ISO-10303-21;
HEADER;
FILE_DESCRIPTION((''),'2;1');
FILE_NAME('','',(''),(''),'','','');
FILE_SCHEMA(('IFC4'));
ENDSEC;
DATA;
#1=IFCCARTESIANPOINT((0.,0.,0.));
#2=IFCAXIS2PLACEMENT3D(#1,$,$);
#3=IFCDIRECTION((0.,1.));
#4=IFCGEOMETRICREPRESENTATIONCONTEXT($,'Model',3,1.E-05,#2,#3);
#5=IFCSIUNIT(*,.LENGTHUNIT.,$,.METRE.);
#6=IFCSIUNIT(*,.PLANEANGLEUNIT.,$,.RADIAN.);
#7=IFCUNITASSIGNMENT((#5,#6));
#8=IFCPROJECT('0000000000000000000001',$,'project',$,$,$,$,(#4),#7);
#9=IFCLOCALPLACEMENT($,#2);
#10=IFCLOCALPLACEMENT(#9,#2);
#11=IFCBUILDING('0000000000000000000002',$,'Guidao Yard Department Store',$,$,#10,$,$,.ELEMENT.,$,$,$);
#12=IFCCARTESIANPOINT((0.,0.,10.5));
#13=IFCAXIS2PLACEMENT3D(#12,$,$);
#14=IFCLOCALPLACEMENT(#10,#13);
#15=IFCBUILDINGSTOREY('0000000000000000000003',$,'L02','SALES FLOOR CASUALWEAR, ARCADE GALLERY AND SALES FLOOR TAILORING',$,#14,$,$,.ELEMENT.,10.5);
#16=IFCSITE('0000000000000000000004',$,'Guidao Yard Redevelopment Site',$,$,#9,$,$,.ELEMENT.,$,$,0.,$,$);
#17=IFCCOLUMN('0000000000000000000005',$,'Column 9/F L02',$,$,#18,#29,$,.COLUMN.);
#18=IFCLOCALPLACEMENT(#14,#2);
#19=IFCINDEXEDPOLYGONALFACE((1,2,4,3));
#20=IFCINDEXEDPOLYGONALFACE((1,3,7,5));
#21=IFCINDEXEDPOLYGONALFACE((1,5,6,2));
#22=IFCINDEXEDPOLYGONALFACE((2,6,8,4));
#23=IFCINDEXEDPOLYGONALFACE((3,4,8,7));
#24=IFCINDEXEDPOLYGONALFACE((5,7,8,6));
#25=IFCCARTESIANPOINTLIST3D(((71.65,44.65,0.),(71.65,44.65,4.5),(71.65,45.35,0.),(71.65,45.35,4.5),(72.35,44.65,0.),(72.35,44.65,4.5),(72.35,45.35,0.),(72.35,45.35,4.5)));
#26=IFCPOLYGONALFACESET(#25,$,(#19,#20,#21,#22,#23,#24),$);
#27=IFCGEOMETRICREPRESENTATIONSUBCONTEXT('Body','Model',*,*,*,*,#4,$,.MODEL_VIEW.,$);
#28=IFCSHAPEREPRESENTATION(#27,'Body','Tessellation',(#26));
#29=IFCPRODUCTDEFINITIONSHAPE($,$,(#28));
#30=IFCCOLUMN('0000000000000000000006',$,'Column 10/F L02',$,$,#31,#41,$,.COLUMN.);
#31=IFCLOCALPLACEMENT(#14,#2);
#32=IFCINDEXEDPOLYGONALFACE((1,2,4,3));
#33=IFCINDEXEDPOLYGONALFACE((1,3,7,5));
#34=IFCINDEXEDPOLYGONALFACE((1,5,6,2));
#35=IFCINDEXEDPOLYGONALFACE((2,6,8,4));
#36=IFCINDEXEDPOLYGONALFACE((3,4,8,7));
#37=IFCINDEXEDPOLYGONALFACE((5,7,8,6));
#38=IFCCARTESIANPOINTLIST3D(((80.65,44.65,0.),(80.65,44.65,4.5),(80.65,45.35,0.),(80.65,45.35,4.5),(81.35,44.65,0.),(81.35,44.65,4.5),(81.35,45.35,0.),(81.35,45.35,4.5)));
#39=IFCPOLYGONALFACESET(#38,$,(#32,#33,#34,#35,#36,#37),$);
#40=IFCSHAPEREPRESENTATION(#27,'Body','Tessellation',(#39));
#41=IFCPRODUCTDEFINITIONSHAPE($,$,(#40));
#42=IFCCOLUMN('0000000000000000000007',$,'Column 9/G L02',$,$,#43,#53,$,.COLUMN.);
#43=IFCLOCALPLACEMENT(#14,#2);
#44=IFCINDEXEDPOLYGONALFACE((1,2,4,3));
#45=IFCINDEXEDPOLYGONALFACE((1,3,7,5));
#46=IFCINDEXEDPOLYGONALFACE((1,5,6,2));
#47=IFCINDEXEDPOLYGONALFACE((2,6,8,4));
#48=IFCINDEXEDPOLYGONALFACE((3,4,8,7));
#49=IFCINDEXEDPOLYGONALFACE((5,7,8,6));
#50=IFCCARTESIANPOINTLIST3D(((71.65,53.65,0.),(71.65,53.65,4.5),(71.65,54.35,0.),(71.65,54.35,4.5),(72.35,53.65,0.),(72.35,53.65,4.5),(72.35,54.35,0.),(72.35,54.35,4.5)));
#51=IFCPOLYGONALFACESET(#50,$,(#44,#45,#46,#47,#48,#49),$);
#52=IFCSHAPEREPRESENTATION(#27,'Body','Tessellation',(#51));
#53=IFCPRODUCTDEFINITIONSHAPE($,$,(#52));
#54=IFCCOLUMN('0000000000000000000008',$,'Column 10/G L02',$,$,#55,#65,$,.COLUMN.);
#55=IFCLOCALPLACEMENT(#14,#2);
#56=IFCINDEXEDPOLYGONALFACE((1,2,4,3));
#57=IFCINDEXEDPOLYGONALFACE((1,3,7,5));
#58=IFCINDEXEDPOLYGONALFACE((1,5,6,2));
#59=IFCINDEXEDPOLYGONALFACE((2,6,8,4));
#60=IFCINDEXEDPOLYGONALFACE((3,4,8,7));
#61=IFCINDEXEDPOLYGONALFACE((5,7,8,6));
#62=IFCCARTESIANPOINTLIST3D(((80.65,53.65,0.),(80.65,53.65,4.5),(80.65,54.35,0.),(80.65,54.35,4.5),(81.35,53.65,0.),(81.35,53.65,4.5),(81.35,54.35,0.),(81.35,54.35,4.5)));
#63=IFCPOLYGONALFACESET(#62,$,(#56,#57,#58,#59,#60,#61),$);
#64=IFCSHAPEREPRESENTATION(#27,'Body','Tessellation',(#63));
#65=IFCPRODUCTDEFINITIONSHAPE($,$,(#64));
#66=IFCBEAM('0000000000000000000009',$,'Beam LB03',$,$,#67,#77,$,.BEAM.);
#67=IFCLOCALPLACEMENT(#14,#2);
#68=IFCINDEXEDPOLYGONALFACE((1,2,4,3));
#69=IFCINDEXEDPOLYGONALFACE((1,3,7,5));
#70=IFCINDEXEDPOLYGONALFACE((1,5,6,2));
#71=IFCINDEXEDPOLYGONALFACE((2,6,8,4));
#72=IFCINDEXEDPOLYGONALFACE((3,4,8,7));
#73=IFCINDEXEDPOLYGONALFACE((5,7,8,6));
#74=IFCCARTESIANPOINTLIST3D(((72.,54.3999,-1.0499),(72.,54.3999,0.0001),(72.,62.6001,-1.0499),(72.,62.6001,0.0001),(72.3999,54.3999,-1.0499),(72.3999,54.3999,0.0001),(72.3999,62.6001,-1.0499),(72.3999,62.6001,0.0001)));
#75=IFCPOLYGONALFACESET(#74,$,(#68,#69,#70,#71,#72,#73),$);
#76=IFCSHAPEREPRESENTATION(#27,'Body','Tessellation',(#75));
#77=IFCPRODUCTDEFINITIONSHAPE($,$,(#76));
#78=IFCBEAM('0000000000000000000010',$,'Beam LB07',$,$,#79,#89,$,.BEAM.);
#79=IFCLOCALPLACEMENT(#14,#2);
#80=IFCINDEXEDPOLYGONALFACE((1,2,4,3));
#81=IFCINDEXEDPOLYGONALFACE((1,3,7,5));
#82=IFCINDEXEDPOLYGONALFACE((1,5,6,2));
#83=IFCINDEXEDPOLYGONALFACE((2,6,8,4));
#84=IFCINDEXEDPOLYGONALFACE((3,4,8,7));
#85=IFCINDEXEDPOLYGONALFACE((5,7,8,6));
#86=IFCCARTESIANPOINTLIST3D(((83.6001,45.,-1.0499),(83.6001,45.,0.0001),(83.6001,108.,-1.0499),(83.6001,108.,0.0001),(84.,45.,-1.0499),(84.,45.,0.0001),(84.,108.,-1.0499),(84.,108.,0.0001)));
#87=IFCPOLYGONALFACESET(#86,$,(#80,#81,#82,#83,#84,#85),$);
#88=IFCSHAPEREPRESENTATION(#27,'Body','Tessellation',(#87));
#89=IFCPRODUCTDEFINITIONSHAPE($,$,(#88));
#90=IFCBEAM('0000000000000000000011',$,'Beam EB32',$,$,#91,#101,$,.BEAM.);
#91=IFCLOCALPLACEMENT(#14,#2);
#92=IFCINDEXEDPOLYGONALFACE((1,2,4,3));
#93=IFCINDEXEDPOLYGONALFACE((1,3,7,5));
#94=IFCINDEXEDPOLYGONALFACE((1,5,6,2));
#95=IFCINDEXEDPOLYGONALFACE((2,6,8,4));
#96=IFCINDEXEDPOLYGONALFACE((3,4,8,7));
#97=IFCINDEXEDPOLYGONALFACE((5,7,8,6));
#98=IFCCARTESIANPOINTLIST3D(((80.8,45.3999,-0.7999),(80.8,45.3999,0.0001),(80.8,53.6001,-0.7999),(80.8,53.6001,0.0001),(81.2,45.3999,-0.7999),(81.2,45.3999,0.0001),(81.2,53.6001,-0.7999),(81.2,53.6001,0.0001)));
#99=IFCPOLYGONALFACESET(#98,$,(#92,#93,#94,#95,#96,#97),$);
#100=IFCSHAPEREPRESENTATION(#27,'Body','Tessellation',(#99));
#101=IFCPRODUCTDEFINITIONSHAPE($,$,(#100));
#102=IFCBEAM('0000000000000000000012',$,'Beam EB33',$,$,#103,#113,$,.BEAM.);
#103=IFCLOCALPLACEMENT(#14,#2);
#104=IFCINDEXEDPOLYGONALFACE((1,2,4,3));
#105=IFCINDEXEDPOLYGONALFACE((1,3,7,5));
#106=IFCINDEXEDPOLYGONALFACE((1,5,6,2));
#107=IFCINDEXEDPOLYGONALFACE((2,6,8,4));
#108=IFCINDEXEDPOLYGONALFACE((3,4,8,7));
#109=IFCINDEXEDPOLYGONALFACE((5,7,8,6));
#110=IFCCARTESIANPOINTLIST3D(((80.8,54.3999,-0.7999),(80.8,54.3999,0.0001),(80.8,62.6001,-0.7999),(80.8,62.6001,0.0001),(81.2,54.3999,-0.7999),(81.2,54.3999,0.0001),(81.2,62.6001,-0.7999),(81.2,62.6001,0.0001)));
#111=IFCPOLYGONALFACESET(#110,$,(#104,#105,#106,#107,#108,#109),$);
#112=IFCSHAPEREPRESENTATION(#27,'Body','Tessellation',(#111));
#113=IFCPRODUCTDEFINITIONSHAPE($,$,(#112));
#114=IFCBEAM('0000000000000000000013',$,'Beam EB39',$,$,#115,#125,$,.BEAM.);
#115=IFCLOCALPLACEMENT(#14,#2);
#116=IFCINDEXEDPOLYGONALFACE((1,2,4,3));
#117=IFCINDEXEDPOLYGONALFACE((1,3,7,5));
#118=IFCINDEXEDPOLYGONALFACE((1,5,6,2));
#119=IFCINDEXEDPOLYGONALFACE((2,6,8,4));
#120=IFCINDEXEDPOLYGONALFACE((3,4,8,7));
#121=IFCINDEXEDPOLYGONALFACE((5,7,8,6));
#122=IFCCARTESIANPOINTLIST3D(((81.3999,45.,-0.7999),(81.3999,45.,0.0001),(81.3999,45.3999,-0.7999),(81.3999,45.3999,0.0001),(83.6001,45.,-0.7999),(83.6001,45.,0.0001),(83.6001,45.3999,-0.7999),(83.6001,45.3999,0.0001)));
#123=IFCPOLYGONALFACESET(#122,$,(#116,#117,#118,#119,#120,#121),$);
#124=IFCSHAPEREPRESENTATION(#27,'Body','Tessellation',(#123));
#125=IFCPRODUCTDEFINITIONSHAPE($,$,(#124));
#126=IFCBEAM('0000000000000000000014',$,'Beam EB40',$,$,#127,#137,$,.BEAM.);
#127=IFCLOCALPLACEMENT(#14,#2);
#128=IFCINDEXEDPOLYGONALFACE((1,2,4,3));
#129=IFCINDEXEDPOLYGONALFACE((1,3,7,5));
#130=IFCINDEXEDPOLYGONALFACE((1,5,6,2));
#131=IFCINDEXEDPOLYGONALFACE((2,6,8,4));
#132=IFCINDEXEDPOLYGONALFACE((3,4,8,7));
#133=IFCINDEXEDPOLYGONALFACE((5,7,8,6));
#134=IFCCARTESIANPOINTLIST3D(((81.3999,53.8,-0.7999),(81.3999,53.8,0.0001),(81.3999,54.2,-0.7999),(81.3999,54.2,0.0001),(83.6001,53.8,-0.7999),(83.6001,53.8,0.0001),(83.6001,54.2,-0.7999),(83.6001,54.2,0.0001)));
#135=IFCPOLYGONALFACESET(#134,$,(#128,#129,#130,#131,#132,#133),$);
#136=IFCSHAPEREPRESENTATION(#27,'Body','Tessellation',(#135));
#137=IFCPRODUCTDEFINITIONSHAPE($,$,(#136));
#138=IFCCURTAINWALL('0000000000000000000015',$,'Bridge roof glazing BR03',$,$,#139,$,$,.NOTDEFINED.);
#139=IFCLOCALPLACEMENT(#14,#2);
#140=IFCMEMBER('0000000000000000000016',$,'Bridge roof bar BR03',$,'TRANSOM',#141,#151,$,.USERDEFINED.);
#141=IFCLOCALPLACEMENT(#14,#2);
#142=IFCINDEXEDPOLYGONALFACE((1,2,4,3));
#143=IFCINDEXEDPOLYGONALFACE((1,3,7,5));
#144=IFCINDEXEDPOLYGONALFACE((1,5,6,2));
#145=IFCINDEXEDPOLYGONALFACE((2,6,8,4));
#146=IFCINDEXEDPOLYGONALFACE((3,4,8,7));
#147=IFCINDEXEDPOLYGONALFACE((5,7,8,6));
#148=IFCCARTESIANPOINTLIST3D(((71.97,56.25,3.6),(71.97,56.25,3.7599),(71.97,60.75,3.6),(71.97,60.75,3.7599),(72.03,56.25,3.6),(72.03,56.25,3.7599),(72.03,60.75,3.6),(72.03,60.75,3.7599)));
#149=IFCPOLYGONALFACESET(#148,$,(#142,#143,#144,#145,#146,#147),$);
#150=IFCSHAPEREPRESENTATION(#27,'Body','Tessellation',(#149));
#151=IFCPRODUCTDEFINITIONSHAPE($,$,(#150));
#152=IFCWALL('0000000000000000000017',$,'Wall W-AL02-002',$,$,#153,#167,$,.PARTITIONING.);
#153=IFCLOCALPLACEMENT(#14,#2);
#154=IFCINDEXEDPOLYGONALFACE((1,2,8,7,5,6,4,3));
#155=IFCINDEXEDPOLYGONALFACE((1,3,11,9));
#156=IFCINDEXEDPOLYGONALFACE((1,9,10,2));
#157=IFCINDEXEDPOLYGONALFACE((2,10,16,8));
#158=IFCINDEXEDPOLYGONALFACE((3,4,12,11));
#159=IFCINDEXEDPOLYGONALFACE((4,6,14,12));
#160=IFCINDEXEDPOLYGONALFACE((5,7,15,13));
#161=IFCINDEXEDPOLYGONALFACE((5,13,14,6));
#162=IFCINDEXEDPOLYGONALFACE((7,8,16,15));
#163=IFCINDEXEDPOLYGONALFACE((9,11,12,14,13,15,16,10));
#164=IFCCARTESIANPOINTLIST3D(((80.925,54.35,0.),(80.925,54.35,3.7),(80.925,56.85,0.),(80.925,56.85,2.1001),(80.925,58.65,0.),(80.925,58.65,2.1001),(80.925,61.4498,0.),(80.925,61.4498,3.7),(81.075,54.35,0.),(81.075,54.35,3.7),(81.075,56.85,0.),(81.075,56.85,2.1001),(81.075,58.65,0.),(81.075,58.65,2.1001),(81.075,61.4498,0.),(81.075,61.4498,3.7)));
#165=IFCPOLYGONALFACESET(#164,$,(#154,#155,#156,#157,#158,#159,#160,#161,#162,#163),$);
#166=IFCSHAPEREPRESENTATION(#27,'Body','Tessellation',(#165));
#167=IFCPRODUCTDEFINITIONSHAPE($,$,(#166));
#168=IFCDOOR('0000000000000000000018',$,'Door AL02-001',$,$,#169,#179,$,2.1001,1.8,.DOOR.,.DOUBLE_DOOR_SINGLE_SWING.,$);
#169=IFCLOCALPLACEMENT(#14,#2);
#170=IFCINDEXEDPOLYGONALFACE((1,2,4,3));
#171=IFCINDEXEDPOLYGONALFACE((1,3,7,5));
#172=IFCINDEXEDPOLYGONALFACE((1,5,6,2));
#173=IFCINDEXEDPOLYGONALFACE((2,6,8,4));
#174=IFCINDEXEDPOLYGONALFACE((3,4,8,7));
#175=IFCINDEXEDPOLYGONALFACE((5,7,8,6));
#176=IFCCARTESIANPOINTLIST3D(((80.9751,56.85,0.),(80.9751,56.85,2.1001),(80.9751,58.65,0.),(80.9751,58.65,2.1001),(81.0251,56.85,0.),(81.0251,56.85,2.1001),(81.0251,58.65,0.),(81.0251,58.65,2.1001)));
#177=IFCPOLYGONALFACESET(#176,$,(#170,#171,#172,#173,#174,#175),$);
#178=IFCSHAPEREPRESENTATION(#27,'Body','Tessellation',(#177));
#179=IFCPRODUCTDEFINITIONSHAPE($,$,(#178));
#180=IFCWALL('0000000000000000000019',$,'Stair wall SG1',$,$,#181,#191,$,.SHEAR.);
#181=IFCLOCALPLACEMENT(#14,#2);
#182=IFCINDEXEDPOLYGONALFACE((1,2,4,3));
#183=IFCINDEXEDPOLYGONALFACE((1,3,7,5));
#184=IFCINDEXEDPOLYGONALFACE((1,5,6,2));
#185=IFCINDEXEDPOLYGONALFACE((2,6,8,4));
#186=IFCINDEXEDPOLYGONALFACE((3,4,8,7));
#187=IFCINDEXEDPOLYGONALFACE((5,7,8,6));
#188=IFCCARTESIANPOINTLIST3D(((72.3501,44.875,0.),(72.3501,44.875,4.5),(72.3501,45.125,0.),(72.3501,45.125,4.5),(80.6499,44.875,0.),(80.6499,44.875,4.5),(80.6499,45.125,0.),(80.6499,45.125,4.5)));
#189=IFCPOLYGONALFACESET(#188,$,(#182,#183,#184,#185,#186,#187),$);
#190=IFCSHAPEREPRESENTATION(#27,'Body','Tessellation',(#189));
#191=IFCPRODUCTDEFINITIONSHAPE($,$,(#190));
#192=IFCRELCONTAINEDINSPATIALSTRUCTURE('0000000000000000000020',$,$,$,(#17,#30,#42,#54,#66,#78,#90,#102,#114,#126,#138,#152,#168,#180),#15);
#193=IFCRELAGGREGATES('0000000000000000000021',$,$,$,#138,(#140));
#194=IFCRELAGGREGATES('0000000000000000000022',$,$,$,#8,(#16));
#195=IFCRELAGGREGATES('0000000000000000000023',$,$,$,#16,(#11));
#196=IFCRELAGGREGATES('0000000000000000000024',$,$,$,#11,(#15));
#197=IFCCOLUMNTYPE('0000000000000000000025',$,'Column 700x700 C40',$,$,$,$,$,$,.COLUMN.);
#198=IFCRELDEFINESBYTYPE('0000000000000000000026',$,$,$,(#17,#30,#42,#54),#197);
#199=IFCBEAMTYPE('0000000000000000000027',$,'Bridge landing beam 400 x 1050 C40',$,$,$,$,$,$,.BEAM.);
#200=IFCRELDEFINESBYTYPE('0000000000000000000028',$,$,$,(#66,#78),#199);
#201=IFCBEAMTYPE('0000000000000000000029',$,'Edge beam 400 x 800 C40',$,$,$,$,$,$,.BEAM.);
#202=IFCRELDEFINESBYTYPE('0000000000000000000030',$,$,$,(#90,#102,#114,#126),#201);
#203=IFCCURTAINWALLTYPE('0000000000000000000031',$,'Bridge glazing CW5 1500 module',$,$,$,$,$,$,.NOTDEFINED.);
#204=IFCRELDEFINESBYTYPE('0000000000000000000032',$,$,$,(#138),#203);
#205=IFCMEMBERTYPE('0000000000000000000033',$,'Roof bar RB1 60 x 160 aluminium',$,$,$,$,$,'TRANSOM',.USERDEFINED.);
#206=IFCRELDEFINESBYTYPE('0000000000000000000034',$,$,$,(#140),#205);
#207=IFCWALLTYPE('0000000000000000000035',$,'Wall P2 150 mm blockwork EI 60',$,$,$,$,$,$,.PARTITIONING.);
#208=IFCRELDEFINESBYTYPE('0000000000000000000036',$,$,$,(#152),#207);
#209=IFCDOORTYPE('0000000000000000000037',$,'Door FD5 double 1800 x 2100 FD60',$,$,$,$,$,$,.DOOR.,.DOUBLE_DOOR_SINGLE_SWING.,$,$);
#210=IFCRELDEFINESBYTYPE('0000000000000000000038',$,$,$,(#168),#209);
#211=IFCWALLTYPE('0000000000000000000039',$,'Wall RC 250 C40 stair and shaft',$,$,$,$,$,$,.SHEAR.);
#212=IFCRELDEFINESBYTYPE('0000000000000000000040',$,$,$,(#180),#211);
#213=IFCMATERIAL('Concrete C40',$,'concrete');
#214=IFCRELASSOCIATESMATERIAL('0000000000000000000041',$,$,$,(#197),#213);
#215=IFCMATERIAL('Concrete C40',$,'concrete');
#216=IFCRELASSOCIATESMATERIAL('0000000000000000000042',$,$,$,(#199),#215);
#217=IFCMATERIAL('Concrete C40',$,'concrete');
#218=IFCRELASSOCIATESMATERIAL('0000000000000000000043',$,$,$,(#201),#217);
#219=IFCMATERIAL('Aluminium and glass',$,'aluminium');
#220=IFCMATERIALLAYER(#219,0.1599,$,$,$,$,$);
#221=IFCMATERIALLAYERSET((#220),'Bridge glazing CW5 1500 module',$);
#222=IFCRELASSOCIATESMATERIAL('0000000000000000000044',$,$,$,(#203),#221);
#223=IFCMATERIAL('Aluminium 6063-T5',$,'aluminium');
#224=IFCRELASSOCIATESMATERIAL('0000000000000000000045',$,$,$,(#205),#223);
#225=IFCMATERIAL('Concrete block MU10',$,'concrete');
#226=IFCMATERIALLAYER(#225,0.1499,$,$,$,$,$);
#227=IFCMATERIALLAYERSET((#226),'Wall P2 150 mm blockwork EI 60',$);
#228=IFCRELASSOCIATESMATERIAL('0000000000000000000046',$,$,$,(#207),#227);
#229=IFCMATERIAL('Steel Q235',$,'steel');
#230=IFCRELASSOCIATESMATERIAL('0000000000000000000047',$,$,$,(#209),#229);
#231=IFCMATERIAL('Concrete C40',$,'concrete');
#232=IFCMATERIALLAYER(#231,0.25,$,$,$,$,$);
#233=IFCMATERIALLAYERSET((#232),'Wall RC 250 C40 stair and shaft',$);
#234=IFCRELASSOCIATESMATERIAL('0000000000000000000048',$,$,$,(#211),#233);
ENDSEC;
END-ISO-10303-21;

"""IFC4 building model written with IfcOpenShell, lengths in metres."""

from ifc_helpers import new_model, si_unit, direction, frame, frame_2d, origin, origin_2d, place, context, subcontext, project, spatial, rectangle, extrude, material, layer, layer_set, material_profile, profile_set, type_object, element, fill, aggregate, save


model = new_model("IFC4")

# Units and contexts
model_context = context("Model", 3, precision=1e-05, world=origin(), true_north=direction((0.0, 1.0)))
body_context = subcontext(model_context, "Body", "Model", "MODEL_VIEW")
ifc_project = project(units=[si_unit("LENGTHUNIT", "METRE"), si_unit("PLANEANGLEUNIT", "RADIAN")], contexts=[model_context])

# Site, building, storey
site_placement = place(None, origin())
site = spatial("IfcSite", under=ifc_project, at=site_placement, Name="Guidao Yard Redevelopment Site", CompositionType="ELEMENT", RefElevation=0.0)
building_placement = place(site_placement, origin())
building = spatial("IfcBuilding", under=site, at=building_placement, Name="Guidao Yard Department Store", CompositionType="ELEMENT")
storey_placement = place(building_placement, frame((0.0, 0.0, 10.5)))
storey = spatial("IfcBuildingStorey", under=building, at=storey_placement, Name="L02", Description="SALES FLOOR CASUALWEAR, ARCADE GALLERY AND SALES FLOOR TAILORING", CompositionType="ELEMENT", Elevation=10.5)

# Columns
ifc_material_1 = material(Name="Concrete C40", Category="concrete")
ifc_material_profile_1 = material_profile(ifc_material_1, rectangle(XDim=0.7, YDim=0.7, at=origin_2d()), Name="COL 700x700")
ifc_profile_set_1 = profile_set([ifc_material_profile_1], Name="Concrete C40")
column_type = type_object("IfcColumnType", Name="Column 700x700 C40", PredefinedType="COLUMN", material=ifc_profile_set_1)
for number, where, z_axis, x_axis, name in (
    (1, (72.0, 45.0, 0.0), (0.0, 0.0, 1.0), (1.0, 0.0, 0.0), "Column 9/F L02"),
    (2, (81.0, 45.0, 0.0), (0.0, 0.0, 1.0), (1.0, 0.0, 0.0), "Column 10/F L02"),
    (3, (72.0, 54.0, 0.0), (0.0, 0.0, 1.0), (1.0, 0.0, 0.0), "Column 9/G L02"),
    (4, (81.0, 54.0, 0.0), (0.0, 0.0, 1.0), (1.0, 0.0, 0.0), "Column 10/G L02"),
):
    element("IfcColumn", number, at=place(storey_placement, frame(where, z_axis=z_axis, x_axis=x_axis)), inside=storey, type_object=column_type, Name=name, PredefinedType="COLUMN", context=body_context, shape_type="SweptSolid", body=[
        extrude(rectangle(XDim=0.7, YDim=0.7, at=origin_2d()), origin(), (0.0, 0.0, 1.0), 4.5),
    ])

# Beams
ifc_material_2 = material(Name="Concrete C40", Category="concrete")
ifc_material_profile_2 = material_profile(ifc_material_2, rectangle(XDim=0.3999, YDim=1.05, at=origin_2d()), Name="Bridge landing beam 400 x 1050 C40")
ifc_profile_set_2 = profile_set([ifc_material_profile_2], Name="Concrete C40")
beam_type_1 = type_object("IfcBeamType", Name="Bridge landing beam 400 x 1050 C40", PredefinedType="BEAM", material=ifc_profile_set_2)
beam_1_placement = place(storey_placement, frame((72.2, 54.3999, -0.5249), z_axis=(0.0, 1.0, 0.0), x_axis=(-1.0, 0.0, 0.0)))
element("IfcBeam", 5, at=beam_1_placement, inside=storey, type_object=beam_type_1, Name="Beam LB03", PredefinedType="BEAM", context=body_context, shape_type="SweptSolid", body=[
    extrude(rectangle(XDim=0.3999, YDim=1.05, at=origin_2d()), origin(), (0.0, 0.0, 1.0), 8.2002),
])
beam_2_placement = place(storey_placement, frame((83.8, 45.0, -0.5249), z_axis=(0.0, 1.0, 0.0), x_axis=(-1.0, 0.0, 0.0)))
element("IfcBeam", 6, at=beam_2_placement, inside=storey, type_object=beam_type_1, Name="Beam LB07", PredefinedType="BEAM", context=body_context, shape_type="SweptSolid", body=[
    extrude(rectangle(XDim=0.3999, YDim=1.05, at=origin_2d()), origin(), (0.0, 0.0, 1.0), 63.0),
])
ifc_material_3 = material(Name="Concrete C40", Category="concrete")
ifc_material_profile_3 = material_profile(ifc_material_3, rectangle(XDim=0.3999, YDim=0.8, at=origin_2d()), Name="Edge beam 400 x 800 C40")
ifc_profile_set_3 = profile_set([ifc_material_profile_3], Name="Concrete C40")
beam_type_2 = type_object("IfcBeamType", Name="Edge beam 400 x 800 C40", PredefinedType="BEAM", material=ifc_profile_set_3)
for number, where, z_axis, x_axis, name in (
    (7, (81.0, 45.3999, -0.3999), (0.0, 1.0, 0.0), (-1.0, 0.0, 0.0), "Beam EB32"),
    (8, (81.0, 54.3999, -0.3999), (0.0, 1.0, 0.0), (-1.0, 0.0, 0.0), "Beam EB33"),
):
    element("IfcBeam", number, at=place(storey_placement, frame(where, z_axis=z_axis, x_axis=x_axis)), inside=storey, type_object=beam_type_2, Name=name, PredefinedType="BEAM", context=body_context, shape_type="SweptSolid", body=[
        extrude(rectangle(XDim=0.3999, YDim=0.8, at=origin_2d()), origin(), (0.0, 0.0, 1.0), 8.2002),
    ])
for number, where, z_axis, x_axis, name in (
    (9, (81.3999, 45.2, -0.3999), (1.0, 0.0, 0.0), (0.0, 1.0, 0.0), "Beam EB39"),
    (10, (81.3999, 54.0, -0.3999), (1.0, 0.0, 0.0), (0.0, 1.0, 0.0), "Beam EB40"),
):
    element("IfcBeam", number, at=place(storey_placement, frame(where, z_axis=z_axis, x_axis=x_axis)), inside=storey, type_object=beam_type_2, Name=name, PredefinedType="BEAM", context=body_context, shape_type="SweptSolid", body=[
        extrude(rectangle(XDim=0.3999, YDim=0.8, at=origin_2d()), origin(), (0.0, 0.0, 1.0), 2.2002),
    ])

# Curtain wall, member
ifc_material_4 = material(Name="Aluminium and glass", Category="aluminium")
ifc_layer_1 = layer(ifc_material_4, 0.1599)
ifc_layer_set_1 = layer_set([ifc_layer_1], Name="Bridge glazing CW5 1500 module")
curtain_wall_type = type_object("IfcCurtainWallType", Name="Bridge glazing CW5 1500 module", PredefinedType="NOTDEFINED", material=ifc_layer_set_1)
curtain_wall_placement = place(storey_placement, origin())
curtain_wall = element("IfcCurtainWall", 11, at=curtain_wall_placement, inside=storey, type_object=curtain_wall_type, Name="Bridge roof glazing BR03", PredefinedType="NOTDEFINED")
ifc_material_5 = material(Name="Aluminium 6063-T5", Category="aluminium")
ifc_material_profile_4 = material_profile(ifc_material_5, rectangle(XDim=0.0601, YDim=0.1599, at=origin_2d()), Name="Roof bar RB1 60 x 160 aluminium")
ifc_profile_set_4 = profile_set([ifc_material_profile_4], Name="Aluminium 6063-T5")
member_type = type_object("IfcMemberType", Name="Roof bar RB1 60 x 160 aluminium", ElementType="TRANSOM", PredefinedType="USERDEFINED", material=ifc_profile_set_4)
member_placement = place(storey_placement, frame((72.0, 56.25, 3.6799), z_axis=(0.0, 1.0, 0.0), x_axis=(-1.0, 0.0, 0.0)))
member = element("IfcMember", 12, at=member_placement, type_object=member_type, Name="Bridge roof bar BR03", ObjectType="TRANSOM", PredefinedType="USERDEFINED", context=body_context, shape_type="SweptSolid", body=[
    extrude(rectangle(XDim=0.0601, YDim=0.1599, at=origin_2d()), origin(), (0.0, 0.0, 1.0), 4.5),
])
aggregate(curtain_wall, [member])

# Wall, opening, door
ifc_material_6 = material(Name="Concrete block MU10", Category="concrete")
ifc_layer_2 = layer(ifc_material_6, 0.1499)
ifc_layer_set_2 = layer_set([ifc_layer_2], Name="Wall P2 150 mm blockwork EI 60")
wall_type_1 = type_object("IfcWallType", Name="Wall P2 150 mm blockwork EI 60", PredefinedType="PARTITIONING", material=ifc_layer_set_2)
wall_1_placement = place(storey_placement, frame((81.0, 54.3501, 0.0), z_axis=(0.0, 0.0, 1.0), x_axis=(0.0, 1.0, 0.0)))
wall_1 = element("IfcWall", 13, at=wall_1_placement, inside=storey, type_object=wall_type_1, Name="Wall W-AL02-002", PredefinedType="PARTITIONING", context=body_context, shape_type="SweptSolid", body=[
    extrude(rectangle(XDim=7.0999, YDim=0.1499, at=frame_2d((3.5498, 0.0))), origin(), (0.0, 0.0, 1.0), 3.7),
])
opening_1_placement = place(wall_1_placement, frame((2.5, 0.0, 0.0)))
opening_1 = element("IfcOpeningElement", 14, at=opening_1_placement, cuts=wall_1, PredefinedType="OPENING", context=body_context, shape_type="SweptSolid", body=[
    extrude(rectangle(XDim=1.8, YDim=2.1001, at=frame_2d((0.8999, 1.05))), frame((0.0, 0.085, 0.0), z_axis=(0.0, -1.0, 0.0), x_axis=(1.0, 0.0, 0.0)), (0.0, 0.0, 1.0), 0.1699),
])
ifc_material_7 = material(Name="Steel Q235", Category="steel")
door_type_1 = type_object("IfcDoorType", Name="Door FD5 double 1800 x 2100 FD60", OperationType="DOUBLE_DOOR_SINGLE_SWING", PredefinedType="DOOR", material=ifc_material_7)
door_1_placement = place(opening_1_placement, origin())
door_1 = element("IfcDoor", 15, at=door_1_placement, inside=storey, type_object=door_type_1, Name="Door AL02-001", OperationType="DOUBLE_DOOR_SINGLE_SWING", OverallHeight=2.1001, OverallWidth=1.8, PredefinedType="DOOR", context=body_context, shape_type="SweptSolid", body=[
    extrude(rectangle(XDim=1.8, YDim=2.1001, at=frame_2d((0.8999, 1.05))), frame((0.0, 0.0249, 0.0), z_axis=(0.0, -1.0, 0.0), x_axis=(1.0, 0.0, 0.0)), (0.0, 0.0, 1.0), 0.05),
])
fill(opening_1, door_1)

# Wall
ifc_material_8 = material(Name="Concrete C40", Category="concrete")
ifc_layer_3 = layer(ifc_material_8, 0.25)
ifc_layer_set_3 = layer_set([ifc_layer_3], Name="Wall RC 250 C40 stair and shaft")
wall_type_2 = type_object("IfcWallType", Name="Wall RC 250 C40 stair and shaft", PredefinedType="SHEAR", material=ifc_layer_set_3)
wall_2_placement = place(storey_placement, frame((72.3501, 45.0, 0.0), z_axis=(0.0, 0.0, 1.0), x_axis=(1.0, 0.0, 0.0)))
element("IfcWall", 16, at=wall_2_placement, inside=storey, type_object=wall_type_2, Name="Stair wall SG1", PredefinedType="SHEAR", context=body_context, shape_type="SweptSolid", body=[
    extrude(rectangle(XDim=8.2998, YDim=0.25, at=frame_2d((4.1499, 0.0))), origin(), (0.0, 0.0, 1.0), 4.5),
])

save(model, "model.ifc")
